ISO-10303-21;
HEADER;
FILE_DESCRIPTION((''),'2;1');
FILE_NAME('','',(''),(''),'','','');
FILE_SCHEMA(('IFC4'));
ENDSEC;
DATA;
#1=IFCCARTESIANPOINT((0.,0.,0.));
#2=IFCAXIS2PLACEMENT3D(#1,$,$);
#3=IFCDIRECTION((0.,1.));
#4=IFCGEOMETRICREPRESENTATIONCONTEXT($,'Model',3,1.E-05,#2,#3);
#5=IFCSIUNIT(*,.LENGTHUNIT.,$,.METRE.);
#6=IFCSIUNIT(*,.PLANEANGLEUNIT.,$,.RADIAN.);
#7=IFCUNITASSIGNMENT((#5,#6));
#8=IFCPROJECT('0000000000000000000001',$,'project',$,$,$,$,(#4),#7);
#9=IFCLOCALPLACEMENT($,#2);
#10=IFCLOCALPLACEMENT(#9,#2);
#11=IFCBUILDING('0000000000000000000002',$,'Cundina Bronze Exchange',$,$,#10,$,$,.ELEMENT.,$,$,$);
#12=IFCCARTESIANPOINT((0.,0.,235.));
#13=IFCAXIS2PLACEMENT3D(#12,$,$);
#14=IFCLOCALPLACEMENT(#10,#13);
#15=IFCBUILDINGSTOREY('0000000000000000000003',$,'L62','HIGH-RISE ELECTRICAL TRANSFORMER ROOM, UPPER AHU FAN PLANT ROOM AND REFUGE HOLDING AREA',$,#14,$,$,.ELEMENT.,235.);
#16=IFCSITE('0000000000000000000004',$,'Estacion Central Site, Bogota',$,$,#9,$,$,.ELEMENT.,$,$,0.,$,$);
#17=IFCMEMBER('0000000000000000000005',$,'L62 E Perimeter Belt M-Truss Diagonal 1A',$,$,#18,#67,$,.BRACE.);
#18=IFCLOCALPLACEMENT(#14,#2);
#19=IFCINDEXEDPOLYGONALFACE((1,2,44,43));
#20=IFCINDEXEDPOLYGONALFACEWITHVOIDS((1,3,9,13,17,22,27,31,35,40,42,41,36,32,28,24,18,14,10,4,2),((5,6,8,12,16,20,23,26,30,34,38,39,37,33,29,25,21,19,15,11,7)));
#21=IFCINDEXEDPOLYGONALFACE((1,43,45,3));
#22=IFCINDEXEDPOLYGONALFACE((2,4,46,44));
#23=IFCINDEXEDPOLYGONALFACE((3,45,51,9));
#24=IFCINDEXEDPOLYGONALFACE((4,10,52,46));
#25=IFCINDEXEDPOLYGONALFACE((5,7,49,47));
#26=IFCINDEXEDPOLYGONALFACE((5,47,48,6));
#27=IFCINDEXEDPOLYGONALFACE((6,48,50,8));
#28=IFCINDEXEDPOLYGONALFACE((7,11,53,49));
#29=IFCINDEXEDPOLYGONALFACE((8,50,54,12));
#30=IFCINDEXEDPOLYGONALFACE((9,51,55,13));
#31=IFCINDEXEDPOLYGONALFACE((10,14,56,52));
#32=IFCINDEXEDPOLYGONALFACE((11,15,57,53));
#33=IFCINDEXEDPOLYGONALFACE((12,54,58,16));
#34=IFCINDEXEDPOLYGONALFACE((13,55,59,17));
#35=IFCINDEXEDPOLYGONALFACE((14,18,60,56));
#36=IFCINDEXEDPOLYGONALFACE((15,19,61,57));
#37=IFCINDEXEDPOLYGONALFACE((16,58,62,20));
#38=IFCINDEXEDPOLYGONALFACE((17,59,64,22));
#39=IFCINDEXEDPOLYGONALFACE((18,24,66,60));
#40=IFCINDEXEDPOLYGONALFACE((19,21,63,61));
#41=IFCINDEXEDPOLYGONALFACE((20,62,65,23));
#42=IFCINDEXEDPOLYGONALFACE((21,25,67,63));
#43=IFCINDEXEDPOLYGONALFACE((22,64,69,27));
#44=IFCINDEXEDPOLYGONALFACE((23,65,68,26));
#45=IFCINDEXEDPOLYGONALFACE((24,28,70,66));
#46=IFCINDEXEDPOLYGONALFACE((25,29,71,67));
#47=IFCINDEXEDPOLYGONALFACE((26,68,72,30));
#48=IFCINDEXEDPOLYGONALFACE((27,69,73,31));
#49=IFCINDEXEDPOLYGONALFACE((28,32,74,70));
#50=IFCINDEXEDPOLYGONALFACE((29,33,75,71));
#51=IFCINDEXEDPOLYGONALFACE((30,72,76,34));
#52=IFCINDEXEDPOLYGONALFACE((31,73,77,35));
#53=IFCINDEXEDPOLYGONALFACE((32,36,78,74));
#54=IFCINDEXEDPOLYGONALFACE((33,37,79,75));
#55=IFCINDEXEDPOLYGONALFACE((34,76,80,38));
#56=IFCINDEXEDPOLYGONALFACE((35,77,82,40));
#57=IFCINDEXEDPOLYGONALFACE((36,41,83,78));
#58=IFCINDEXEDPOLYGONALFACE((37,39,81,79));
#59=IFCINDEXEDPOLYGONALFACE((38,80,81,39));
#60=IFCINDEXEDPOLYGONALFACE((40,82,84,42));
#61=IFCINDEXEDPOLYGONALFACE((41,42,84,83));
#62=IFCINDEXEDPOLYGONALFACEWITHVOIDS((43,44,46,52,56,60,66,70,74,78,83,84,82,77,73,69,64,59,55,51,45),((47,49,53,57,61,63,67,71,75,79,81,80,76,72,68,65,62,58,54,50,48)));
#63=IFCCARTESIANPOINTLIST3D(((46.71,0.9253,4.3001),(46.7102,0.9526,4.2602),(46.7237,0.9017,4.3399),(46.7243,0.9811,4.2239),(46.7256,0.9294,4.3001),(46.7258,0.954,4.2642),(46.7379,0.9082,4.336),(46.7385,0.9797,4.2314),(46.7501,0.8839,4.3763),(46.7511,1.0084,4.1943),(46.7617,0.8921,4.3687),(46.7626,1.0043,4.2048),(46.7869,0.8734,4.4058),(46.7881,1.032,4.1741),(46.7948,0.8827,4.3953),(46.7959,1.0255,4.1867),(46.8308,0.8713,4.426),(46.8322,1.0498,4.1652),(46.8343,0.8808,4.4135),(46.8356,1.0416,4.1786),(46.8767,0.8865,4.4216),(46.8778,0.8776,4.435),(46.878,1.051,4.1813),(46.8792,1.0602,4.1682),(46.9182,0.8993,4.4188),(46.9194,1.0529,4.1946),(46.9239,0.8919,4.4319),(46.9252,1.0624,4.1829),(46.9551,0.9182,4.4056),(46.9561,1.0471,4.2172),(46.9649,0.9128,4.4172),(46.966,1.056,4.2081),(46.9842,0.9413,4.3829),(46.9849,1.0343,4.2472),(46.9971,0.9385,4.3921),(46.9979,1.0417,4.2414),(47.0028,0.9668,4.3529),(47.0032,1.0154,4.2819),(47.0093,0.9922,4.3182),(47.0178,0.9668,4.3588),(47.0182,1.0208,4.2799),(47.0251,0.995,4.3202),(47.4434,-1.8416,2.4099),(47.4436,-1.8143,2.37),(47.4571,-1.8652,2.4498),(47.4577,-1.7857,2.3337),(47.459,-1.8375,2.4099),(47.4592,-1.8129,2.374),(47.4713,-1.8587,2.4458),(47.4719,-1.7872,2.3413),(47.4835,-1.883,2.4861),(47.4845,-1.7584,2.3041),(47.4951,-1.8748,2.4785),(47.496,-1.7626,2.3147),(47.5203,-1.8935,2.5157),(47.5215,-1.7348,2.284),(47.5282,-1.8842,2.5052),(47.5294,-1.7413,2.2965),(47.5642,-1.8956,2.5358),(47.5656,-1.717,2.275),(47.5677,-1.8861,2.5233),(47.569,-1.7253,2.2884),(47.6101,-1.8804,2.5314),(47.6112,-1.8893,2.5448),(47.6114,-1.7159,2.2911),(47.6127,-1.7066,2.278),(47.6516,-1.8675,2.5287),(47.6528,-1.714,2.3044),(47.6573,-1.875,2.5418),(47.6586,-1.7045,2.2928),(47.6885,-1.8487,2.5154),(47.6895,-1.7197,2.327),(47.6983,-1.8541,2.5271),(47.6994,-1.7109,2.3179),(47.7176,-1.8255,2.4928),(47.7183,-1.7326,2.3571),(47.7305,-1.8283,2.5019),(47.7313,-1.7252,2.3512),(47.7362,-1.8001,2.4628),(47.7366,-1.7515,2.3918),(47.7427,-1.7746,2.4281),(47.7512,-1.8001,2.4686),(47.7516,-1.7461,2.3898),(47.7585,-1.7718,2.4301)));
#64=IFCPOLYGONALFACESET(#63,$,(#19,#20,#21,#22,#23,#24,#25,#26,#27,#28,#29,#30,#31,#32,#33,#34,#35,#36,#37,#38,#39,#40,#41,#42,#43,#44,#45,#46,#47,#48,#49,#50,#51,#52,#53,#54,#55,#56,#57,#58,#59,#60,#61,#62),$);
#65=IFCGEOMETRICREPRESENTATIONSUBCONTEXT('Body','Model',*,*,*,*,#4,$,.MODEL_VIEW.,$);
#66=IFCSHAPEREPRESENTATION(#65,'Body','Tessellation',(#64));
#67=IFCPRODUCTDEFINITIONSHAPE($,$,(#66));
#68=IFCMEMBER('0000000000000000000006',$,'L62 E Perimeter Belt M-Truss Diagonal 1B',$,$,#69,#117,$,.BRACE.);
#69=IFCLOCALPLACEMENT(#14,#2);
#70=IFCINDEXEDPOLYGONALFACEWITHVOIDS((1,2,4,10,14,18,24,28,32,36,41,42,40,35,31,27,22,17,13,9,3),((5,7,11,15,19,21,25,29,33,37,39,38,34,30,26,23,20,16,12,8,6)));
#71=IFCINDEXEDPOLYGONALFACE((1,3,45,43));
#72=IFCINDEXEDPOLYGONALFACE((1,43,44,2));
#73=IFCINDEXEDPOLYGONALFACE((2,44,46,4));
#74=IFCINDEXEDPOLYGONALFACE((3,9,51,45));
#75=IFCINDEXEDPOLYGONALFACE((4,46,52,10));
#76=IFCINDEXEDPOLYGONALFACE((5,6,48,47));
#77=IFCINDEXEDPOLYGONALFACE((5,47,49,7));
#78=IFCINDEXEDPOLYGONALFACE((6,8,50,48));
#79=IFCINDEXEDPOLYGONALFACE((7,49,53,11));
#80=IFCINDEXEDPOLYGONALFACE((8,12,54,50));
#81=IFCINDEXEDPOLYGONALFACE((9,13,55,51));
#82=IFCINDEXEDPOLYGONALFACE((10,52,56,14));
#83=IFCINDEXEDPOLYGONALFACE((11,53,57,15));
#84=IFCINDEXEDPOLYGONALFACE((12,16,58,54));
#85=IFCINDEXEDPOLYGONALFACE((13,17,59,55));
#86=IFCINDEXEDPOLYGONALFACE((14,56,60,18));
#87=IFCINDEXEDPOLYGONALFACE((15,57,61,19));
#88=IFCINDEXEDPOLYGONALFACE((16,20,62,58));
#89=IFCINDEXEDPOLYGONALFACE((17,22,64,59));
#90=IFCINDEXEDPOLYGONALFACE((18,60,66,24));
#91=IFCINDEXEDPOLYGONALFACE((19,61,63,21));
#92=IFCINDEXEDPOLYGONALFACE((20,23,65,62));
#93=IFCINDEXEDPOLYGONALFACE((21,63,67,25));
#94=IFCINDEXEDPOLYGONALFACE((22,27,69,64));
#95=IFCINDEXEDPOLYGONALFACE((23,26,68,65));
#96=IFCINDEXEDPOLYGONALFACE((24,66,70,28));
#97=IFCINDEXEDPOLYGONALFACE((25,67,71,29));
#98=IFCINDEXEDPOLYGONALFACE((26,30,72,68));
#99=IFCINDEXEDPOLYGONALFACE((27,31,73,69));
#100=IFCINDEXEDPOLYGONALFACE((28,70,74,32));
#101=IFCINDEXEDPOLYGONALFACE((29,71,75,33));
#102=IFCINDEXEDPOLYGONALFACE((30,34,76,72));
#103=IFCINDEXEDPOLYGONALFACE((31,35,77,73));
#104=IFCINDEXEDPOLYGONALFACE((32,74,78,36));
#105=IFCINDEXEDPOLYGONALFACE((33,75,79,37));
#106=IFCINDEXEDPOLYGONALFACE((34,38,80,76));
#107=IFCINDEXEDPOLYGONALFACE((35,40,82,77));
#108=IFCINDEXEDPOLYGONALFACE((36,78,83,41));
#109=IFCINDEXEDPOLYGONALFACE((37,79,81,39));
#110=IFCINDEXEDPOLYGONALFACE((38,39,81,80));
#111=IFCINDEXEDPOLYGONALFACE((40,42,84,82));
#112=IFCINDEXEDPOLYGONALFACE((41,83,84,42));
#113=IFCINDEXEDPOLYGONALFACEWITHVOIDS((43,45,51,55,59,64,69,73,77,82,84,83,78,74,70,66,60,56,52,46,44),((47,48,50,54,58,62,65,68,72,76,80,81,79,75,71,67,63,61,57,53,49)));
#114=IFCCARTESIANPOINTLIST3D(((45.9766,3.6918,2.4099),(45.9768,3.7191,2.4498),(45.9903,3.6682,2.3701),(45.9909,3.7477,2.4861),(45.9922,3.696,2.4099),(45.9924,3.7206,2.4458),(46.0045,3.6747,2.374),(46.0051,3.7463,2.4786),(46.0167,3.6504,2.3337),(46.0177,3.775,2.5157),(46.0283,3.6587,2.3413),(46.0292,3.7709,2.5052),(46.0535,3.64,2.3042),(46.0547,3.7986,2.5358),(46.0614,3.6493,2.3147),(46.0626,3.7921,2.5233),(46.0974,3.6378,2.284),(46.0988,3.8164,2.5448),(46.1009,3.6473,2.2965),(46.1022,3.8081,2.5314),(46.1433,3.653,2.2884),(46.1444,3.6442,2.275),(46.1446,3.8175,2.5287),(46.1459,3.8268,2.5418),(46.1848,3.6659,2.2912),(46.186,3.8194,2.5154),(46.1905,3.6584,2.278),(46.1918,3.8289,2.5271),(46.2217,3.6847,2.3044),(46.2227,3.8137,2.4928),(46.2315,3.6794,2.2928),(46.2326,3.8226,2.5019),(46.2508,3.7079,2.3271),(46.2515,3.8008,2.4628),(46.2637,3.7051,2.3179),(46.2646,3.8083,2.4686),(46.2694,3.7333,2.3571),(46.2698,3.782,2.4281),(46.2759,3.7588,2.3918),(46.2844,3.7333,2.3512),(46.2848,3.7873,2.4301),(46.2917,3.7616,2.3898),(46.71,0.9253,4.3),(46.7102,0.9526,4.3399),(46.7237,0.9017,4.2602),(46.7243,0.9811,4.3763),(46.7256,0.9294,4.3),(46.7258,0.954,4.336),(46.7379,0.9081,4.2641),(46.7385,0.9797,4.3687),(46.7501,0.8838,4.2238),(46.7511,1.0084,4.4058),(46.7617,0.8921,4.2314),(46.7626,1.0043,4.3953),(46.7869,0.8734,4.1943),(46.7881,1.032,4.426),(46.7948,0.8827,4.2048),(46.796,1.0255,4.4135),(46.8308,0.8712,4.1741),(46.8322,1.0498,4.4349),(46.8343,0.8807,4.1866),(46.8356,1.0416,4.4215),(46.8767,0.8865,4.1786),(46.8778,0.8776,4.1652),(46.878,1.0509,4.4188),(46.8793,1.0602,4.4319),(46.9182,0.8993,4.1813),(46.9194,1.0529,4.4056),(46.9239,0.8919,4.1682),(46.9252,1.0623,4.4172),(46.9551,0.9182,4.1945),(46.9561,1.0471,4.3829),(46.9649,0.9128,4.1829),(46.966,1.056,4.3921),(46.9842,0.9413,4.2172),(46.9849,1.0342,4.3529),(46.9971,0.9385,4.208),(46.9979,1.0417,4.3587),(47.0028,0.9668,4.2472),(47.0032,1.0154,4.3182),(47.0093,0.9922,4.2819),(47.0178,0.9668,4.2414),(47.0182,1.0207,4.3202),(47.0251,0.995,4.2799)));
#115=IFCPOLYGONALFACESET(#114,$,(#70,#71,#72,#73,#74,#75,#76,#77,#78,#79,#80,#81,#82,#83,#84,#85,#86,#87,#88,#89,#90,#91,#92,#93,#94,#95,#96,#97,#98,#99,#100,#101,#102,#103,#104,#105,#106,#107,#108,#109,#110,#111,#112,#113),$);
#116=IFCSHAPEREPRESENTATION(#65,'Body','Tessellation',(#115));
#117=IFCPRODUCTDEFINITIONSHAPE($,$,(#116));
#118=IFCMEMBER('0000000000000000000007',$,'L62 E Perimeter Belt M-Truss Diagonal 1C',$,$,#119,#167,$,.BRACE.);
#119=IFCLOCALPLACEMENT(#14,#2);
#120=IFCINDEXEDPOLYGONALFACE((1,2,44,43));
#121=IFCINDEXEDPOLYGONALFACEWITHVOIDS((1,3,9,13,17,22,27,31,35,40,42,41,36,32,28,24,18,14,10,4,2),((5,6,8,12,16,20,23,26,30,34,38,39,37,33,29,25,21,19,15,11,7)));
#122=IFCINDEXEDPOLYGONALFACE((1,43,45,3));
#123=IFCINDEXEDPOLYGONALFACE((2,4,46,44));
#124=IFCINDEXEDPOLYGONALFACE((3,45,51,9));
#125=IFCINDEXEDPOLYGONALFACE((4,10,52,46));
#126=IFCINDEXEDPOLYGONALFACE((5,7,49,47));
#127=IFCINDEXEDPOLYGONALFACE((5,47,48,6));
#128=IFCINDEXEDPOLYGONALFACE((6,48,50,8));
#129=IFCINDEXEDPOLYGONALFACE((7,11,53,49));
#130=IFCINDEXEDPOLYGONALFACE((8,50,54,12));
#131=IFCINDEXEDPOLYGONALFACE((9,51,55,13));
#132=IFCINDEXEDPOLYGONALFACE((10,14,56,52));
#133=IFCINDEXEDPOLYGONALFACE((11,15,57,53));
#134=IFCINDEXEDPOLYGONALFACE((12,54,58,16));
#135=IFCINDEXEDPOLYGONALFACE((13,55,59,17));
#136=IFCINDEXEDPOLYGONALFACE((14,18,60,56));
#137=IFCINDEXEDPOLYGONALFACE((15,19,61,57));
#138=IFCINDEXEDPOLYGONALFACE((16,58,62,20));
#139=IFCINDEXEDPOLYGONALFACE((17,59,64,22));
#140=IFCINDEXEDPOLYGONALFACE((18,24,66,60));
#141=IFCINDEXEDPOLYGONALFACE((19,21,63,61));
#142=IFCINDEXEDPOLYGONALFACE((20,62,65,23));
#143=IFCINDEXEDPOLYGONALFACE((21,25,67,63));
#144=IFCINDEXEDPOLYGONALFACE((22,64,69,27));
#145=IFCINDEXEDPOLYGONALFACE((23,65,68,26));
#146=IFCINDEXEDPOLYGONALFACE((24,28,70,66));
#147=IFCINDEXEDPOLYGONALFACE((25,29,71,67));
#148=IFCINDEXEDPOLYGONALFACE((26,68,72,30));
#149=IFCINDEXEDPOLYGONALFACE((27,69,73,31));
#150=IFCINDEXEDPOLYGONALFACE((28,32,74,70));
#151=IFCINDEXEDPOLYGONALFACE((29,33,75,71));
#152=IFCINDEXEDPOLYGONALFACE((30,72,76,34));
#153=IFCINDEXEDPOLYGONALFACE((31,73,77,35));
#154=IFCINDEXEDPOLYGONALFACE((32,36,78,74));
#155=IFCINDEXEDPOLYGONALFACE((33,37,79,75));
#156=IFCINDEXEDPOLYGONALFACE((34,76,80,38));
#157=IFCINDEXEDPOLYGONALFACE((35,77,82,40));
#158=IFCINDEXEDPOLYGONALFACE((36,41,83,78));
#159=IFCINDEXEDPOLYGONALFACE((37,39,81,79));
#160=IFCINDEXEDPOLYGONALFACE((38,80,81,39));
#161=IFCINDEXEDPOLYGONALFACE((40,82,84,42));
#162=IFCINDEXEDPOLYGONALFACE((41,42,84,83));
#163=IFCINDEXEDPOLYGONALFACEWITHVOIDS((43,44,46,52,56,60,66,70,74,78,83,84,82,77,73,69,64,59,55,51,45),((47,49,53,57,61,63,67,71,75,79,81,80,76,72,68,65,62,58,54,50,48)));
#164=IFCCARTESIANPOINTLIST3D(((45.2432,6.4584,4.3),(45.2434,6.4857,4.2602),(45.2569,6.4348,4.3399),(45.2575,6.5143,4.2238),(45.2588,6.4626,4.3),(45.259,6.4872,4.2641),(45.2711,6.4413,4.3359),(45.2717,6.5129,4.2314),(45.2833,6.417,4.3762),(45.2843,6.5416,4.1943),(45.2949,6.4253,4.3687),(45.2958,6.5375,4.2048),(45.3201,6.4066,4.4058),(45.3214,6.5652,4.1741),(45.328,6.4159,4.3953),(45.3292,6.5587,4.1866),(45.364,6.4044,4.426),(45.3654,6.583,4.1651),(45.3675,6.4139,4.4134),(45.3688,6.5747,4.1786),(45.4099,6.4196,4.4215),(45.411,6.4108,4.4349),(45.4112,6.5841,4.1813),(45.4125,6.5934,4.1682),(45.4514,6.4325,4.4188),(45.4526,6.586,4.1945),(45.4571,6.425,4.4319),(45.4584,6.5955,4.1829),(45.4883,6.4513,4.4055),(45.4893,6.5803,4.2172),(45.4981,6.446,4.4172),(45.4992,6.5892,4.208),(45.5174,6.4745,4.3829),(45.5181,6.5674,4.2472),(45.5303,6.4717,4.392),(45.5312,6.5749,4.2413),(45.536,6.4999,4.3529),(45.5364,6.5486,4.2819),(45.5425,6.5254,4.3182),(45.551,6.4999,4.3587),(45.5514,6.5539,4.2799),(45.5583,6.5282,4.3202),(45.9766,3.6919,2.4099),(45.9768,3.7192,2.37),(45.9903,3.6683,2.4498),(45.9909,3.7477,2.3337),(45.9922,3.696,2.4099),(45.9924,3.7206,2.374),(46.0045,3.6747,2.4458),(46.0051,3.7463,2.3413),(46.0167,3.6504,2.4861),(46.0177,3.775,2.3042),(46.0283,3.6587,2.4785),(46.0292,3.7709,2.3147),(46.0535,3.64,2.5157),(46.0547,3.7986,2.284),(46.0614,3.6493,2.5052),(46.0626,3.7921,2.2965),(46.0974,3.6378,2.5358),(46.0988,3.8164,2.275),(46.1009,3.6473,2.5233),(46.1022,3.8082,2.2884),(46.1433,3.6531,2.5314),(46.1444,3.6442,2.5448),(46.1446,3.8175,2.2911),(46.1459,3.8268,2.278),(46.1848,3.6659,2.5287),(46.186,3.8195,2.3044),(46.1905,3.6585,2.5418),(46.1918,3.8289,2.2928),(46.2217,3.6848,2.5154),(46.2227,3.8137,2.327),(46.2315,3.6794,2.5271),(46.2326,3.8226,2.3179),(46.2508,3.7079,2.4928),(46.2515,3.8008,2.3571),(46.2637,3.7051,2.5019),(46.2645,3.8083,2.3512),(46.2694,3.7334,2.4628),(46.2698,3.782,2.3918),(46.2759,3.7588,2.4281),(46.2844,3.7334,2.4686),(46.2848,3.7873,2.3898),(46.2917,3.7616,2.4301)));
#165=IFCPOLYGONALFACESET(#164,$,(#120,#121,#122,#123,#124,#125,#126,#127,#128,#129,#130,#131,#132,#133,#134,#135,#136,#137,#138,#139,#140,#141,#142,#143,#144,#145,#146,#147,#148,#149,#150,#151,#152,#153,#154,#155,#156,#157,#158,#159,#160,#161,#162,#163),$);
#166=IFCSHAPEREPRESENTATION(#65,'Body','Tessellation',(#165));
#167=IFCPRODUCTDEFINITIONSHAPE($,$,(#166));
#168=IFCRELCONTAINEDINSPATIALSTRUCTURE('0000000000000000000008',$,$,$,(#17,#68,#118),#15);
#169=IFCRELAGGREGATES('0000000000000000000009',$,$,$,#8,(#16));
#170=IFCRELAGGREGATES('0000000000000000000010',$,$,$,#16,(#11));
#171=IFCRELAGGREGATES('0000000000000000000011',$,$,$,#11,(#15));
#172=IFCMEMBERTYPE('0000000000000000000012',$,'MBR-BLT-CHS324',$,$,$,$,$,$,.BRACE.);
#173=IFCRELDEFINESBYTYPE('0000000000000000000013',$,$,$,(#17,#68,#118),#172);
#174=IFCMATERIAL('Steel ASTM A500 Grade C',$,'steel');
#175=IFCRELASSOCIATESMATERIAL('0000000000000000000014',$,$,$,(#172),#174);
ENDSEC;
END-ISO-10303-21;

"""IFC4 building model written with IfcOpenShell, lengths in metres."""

from ifc_helpers import new_model, si_unit, direction, frame, origin, origin_2d, place, context, subcontext, project, spatial, hollow_circle, extrude, material, material_profile, profile_set, type_object, element, save


model = new_model("IFC4")

# Units and contexts
model_context = context("Model", 3, precision=1e-05, world=origin(), true_north=direction((0.0, 1.0)))
body_context = subcontext(model_context, "Body", "Model", "MODEL_VIEW")
ifc_project = project(units=[si_unit("LENGTHUNIT", "METRE"), si_unit("PLANEANGLEUNIT", "RADIAN")], contexts=[model_context])

# Site, building, storey
site_placement = place(None, origin())
site = spatial("IfcSite", under=ifc_project, at=site_placement, Name="Estacion Central Site, Bogota", CompositionType="ELEMENT", RefElevation=0.0)
building_placement = place(site_placement, origin())
building = spatial("IfcBuilding", under=site, at=building_placement, Name="Cundina Bronze Exchange", CompositionType="ELEMENT")
storey_placement = place(building_placement, frame((0.0, 0.0, 235.0)))
storey = spatial("IfcBuildingStorey", under=building, at=storey_placement, Name="L62", Description="HIGH-RISE ELECTRICAL TRANSFORMER ROOM, UPPER AHU FAN PLANT ROOM AND REFUGE HOLDING AREA", CompositionType="ELEMENT", Elevation=235.0)

# Members
ifc_material_1 = material(Name="Steel ASTM A500 Grade C", Category="steel")
ifc_material_profile_1 = material_profile(ifc_material_1, hollow_circle(Radius=0.1621, WallThickness=0.0161, at=origin_2d()), Name="CHS324X16", Category="steel")
ifc_profile_set_1 = profile_set([ifc_material_profile_1], Name="Steel ASTM A500 Grade C")
member_type_1 = type_object("IfcMemberType", Name="MBR-BLT-CHS324", PredefinedType="BRACE", material=ifc_profile_set_1)
member_1_placement = place(storey_placement, frame((47.6001, -1.8, 2.4099), z_axis=(-0.213809, 0.806625, 0.551036), x_axis=(-0.966619, -0.256218, 0.0)))
element("IfcMember", 1, at=member_1_placement, inside=storey, type_object=member_type_1, Name="L62 E Perimeter Belt M-Truss Diagonal 1A", PredefinedType="BRACE", context=body_context, shape_type="SweptSolid", body=[
    extrude(hollow_circle(Radius=0.1621, WallThickness=0.0161, at=origin_2d()), origin(), (0.0, 0.0, 1.0), 3.4302),
])
for number, where, z_axis, x_axis, name in (
    (2, (46.8667, 0.9668, 4.3), (-0.213822, 0.806601, -0.551068), (-0.966613, -0.25624, 0.0), "L62 E Perimeter Belt M-Truss Diagonal 1B"),
    (3, (46.1333, 3.7334, 2.4099), (-0.213822, 0.806601, 0.551068), (-0.966613, -0.25624, 0.0), "L62 E Perimeter Belt M-Truss Diagonal 1C"),
):
    element("IfcMember", number, at=place(storey_placement, frame(where, z_axis=z_axis, x_axis=x_axis)), inside=storey, type_object=member_type_1, Name=name, PredefinedType="BRACE", context=body_context, shape_type="SweptSolid", body=[
        extrude(hollow_circle(Radius=0.1621, WallThickness=0.0161, at=origin_2d()), origin(), (0.0, 0.0, 1.0), 3.4299),
    ])

save(model, "model.ifc")
